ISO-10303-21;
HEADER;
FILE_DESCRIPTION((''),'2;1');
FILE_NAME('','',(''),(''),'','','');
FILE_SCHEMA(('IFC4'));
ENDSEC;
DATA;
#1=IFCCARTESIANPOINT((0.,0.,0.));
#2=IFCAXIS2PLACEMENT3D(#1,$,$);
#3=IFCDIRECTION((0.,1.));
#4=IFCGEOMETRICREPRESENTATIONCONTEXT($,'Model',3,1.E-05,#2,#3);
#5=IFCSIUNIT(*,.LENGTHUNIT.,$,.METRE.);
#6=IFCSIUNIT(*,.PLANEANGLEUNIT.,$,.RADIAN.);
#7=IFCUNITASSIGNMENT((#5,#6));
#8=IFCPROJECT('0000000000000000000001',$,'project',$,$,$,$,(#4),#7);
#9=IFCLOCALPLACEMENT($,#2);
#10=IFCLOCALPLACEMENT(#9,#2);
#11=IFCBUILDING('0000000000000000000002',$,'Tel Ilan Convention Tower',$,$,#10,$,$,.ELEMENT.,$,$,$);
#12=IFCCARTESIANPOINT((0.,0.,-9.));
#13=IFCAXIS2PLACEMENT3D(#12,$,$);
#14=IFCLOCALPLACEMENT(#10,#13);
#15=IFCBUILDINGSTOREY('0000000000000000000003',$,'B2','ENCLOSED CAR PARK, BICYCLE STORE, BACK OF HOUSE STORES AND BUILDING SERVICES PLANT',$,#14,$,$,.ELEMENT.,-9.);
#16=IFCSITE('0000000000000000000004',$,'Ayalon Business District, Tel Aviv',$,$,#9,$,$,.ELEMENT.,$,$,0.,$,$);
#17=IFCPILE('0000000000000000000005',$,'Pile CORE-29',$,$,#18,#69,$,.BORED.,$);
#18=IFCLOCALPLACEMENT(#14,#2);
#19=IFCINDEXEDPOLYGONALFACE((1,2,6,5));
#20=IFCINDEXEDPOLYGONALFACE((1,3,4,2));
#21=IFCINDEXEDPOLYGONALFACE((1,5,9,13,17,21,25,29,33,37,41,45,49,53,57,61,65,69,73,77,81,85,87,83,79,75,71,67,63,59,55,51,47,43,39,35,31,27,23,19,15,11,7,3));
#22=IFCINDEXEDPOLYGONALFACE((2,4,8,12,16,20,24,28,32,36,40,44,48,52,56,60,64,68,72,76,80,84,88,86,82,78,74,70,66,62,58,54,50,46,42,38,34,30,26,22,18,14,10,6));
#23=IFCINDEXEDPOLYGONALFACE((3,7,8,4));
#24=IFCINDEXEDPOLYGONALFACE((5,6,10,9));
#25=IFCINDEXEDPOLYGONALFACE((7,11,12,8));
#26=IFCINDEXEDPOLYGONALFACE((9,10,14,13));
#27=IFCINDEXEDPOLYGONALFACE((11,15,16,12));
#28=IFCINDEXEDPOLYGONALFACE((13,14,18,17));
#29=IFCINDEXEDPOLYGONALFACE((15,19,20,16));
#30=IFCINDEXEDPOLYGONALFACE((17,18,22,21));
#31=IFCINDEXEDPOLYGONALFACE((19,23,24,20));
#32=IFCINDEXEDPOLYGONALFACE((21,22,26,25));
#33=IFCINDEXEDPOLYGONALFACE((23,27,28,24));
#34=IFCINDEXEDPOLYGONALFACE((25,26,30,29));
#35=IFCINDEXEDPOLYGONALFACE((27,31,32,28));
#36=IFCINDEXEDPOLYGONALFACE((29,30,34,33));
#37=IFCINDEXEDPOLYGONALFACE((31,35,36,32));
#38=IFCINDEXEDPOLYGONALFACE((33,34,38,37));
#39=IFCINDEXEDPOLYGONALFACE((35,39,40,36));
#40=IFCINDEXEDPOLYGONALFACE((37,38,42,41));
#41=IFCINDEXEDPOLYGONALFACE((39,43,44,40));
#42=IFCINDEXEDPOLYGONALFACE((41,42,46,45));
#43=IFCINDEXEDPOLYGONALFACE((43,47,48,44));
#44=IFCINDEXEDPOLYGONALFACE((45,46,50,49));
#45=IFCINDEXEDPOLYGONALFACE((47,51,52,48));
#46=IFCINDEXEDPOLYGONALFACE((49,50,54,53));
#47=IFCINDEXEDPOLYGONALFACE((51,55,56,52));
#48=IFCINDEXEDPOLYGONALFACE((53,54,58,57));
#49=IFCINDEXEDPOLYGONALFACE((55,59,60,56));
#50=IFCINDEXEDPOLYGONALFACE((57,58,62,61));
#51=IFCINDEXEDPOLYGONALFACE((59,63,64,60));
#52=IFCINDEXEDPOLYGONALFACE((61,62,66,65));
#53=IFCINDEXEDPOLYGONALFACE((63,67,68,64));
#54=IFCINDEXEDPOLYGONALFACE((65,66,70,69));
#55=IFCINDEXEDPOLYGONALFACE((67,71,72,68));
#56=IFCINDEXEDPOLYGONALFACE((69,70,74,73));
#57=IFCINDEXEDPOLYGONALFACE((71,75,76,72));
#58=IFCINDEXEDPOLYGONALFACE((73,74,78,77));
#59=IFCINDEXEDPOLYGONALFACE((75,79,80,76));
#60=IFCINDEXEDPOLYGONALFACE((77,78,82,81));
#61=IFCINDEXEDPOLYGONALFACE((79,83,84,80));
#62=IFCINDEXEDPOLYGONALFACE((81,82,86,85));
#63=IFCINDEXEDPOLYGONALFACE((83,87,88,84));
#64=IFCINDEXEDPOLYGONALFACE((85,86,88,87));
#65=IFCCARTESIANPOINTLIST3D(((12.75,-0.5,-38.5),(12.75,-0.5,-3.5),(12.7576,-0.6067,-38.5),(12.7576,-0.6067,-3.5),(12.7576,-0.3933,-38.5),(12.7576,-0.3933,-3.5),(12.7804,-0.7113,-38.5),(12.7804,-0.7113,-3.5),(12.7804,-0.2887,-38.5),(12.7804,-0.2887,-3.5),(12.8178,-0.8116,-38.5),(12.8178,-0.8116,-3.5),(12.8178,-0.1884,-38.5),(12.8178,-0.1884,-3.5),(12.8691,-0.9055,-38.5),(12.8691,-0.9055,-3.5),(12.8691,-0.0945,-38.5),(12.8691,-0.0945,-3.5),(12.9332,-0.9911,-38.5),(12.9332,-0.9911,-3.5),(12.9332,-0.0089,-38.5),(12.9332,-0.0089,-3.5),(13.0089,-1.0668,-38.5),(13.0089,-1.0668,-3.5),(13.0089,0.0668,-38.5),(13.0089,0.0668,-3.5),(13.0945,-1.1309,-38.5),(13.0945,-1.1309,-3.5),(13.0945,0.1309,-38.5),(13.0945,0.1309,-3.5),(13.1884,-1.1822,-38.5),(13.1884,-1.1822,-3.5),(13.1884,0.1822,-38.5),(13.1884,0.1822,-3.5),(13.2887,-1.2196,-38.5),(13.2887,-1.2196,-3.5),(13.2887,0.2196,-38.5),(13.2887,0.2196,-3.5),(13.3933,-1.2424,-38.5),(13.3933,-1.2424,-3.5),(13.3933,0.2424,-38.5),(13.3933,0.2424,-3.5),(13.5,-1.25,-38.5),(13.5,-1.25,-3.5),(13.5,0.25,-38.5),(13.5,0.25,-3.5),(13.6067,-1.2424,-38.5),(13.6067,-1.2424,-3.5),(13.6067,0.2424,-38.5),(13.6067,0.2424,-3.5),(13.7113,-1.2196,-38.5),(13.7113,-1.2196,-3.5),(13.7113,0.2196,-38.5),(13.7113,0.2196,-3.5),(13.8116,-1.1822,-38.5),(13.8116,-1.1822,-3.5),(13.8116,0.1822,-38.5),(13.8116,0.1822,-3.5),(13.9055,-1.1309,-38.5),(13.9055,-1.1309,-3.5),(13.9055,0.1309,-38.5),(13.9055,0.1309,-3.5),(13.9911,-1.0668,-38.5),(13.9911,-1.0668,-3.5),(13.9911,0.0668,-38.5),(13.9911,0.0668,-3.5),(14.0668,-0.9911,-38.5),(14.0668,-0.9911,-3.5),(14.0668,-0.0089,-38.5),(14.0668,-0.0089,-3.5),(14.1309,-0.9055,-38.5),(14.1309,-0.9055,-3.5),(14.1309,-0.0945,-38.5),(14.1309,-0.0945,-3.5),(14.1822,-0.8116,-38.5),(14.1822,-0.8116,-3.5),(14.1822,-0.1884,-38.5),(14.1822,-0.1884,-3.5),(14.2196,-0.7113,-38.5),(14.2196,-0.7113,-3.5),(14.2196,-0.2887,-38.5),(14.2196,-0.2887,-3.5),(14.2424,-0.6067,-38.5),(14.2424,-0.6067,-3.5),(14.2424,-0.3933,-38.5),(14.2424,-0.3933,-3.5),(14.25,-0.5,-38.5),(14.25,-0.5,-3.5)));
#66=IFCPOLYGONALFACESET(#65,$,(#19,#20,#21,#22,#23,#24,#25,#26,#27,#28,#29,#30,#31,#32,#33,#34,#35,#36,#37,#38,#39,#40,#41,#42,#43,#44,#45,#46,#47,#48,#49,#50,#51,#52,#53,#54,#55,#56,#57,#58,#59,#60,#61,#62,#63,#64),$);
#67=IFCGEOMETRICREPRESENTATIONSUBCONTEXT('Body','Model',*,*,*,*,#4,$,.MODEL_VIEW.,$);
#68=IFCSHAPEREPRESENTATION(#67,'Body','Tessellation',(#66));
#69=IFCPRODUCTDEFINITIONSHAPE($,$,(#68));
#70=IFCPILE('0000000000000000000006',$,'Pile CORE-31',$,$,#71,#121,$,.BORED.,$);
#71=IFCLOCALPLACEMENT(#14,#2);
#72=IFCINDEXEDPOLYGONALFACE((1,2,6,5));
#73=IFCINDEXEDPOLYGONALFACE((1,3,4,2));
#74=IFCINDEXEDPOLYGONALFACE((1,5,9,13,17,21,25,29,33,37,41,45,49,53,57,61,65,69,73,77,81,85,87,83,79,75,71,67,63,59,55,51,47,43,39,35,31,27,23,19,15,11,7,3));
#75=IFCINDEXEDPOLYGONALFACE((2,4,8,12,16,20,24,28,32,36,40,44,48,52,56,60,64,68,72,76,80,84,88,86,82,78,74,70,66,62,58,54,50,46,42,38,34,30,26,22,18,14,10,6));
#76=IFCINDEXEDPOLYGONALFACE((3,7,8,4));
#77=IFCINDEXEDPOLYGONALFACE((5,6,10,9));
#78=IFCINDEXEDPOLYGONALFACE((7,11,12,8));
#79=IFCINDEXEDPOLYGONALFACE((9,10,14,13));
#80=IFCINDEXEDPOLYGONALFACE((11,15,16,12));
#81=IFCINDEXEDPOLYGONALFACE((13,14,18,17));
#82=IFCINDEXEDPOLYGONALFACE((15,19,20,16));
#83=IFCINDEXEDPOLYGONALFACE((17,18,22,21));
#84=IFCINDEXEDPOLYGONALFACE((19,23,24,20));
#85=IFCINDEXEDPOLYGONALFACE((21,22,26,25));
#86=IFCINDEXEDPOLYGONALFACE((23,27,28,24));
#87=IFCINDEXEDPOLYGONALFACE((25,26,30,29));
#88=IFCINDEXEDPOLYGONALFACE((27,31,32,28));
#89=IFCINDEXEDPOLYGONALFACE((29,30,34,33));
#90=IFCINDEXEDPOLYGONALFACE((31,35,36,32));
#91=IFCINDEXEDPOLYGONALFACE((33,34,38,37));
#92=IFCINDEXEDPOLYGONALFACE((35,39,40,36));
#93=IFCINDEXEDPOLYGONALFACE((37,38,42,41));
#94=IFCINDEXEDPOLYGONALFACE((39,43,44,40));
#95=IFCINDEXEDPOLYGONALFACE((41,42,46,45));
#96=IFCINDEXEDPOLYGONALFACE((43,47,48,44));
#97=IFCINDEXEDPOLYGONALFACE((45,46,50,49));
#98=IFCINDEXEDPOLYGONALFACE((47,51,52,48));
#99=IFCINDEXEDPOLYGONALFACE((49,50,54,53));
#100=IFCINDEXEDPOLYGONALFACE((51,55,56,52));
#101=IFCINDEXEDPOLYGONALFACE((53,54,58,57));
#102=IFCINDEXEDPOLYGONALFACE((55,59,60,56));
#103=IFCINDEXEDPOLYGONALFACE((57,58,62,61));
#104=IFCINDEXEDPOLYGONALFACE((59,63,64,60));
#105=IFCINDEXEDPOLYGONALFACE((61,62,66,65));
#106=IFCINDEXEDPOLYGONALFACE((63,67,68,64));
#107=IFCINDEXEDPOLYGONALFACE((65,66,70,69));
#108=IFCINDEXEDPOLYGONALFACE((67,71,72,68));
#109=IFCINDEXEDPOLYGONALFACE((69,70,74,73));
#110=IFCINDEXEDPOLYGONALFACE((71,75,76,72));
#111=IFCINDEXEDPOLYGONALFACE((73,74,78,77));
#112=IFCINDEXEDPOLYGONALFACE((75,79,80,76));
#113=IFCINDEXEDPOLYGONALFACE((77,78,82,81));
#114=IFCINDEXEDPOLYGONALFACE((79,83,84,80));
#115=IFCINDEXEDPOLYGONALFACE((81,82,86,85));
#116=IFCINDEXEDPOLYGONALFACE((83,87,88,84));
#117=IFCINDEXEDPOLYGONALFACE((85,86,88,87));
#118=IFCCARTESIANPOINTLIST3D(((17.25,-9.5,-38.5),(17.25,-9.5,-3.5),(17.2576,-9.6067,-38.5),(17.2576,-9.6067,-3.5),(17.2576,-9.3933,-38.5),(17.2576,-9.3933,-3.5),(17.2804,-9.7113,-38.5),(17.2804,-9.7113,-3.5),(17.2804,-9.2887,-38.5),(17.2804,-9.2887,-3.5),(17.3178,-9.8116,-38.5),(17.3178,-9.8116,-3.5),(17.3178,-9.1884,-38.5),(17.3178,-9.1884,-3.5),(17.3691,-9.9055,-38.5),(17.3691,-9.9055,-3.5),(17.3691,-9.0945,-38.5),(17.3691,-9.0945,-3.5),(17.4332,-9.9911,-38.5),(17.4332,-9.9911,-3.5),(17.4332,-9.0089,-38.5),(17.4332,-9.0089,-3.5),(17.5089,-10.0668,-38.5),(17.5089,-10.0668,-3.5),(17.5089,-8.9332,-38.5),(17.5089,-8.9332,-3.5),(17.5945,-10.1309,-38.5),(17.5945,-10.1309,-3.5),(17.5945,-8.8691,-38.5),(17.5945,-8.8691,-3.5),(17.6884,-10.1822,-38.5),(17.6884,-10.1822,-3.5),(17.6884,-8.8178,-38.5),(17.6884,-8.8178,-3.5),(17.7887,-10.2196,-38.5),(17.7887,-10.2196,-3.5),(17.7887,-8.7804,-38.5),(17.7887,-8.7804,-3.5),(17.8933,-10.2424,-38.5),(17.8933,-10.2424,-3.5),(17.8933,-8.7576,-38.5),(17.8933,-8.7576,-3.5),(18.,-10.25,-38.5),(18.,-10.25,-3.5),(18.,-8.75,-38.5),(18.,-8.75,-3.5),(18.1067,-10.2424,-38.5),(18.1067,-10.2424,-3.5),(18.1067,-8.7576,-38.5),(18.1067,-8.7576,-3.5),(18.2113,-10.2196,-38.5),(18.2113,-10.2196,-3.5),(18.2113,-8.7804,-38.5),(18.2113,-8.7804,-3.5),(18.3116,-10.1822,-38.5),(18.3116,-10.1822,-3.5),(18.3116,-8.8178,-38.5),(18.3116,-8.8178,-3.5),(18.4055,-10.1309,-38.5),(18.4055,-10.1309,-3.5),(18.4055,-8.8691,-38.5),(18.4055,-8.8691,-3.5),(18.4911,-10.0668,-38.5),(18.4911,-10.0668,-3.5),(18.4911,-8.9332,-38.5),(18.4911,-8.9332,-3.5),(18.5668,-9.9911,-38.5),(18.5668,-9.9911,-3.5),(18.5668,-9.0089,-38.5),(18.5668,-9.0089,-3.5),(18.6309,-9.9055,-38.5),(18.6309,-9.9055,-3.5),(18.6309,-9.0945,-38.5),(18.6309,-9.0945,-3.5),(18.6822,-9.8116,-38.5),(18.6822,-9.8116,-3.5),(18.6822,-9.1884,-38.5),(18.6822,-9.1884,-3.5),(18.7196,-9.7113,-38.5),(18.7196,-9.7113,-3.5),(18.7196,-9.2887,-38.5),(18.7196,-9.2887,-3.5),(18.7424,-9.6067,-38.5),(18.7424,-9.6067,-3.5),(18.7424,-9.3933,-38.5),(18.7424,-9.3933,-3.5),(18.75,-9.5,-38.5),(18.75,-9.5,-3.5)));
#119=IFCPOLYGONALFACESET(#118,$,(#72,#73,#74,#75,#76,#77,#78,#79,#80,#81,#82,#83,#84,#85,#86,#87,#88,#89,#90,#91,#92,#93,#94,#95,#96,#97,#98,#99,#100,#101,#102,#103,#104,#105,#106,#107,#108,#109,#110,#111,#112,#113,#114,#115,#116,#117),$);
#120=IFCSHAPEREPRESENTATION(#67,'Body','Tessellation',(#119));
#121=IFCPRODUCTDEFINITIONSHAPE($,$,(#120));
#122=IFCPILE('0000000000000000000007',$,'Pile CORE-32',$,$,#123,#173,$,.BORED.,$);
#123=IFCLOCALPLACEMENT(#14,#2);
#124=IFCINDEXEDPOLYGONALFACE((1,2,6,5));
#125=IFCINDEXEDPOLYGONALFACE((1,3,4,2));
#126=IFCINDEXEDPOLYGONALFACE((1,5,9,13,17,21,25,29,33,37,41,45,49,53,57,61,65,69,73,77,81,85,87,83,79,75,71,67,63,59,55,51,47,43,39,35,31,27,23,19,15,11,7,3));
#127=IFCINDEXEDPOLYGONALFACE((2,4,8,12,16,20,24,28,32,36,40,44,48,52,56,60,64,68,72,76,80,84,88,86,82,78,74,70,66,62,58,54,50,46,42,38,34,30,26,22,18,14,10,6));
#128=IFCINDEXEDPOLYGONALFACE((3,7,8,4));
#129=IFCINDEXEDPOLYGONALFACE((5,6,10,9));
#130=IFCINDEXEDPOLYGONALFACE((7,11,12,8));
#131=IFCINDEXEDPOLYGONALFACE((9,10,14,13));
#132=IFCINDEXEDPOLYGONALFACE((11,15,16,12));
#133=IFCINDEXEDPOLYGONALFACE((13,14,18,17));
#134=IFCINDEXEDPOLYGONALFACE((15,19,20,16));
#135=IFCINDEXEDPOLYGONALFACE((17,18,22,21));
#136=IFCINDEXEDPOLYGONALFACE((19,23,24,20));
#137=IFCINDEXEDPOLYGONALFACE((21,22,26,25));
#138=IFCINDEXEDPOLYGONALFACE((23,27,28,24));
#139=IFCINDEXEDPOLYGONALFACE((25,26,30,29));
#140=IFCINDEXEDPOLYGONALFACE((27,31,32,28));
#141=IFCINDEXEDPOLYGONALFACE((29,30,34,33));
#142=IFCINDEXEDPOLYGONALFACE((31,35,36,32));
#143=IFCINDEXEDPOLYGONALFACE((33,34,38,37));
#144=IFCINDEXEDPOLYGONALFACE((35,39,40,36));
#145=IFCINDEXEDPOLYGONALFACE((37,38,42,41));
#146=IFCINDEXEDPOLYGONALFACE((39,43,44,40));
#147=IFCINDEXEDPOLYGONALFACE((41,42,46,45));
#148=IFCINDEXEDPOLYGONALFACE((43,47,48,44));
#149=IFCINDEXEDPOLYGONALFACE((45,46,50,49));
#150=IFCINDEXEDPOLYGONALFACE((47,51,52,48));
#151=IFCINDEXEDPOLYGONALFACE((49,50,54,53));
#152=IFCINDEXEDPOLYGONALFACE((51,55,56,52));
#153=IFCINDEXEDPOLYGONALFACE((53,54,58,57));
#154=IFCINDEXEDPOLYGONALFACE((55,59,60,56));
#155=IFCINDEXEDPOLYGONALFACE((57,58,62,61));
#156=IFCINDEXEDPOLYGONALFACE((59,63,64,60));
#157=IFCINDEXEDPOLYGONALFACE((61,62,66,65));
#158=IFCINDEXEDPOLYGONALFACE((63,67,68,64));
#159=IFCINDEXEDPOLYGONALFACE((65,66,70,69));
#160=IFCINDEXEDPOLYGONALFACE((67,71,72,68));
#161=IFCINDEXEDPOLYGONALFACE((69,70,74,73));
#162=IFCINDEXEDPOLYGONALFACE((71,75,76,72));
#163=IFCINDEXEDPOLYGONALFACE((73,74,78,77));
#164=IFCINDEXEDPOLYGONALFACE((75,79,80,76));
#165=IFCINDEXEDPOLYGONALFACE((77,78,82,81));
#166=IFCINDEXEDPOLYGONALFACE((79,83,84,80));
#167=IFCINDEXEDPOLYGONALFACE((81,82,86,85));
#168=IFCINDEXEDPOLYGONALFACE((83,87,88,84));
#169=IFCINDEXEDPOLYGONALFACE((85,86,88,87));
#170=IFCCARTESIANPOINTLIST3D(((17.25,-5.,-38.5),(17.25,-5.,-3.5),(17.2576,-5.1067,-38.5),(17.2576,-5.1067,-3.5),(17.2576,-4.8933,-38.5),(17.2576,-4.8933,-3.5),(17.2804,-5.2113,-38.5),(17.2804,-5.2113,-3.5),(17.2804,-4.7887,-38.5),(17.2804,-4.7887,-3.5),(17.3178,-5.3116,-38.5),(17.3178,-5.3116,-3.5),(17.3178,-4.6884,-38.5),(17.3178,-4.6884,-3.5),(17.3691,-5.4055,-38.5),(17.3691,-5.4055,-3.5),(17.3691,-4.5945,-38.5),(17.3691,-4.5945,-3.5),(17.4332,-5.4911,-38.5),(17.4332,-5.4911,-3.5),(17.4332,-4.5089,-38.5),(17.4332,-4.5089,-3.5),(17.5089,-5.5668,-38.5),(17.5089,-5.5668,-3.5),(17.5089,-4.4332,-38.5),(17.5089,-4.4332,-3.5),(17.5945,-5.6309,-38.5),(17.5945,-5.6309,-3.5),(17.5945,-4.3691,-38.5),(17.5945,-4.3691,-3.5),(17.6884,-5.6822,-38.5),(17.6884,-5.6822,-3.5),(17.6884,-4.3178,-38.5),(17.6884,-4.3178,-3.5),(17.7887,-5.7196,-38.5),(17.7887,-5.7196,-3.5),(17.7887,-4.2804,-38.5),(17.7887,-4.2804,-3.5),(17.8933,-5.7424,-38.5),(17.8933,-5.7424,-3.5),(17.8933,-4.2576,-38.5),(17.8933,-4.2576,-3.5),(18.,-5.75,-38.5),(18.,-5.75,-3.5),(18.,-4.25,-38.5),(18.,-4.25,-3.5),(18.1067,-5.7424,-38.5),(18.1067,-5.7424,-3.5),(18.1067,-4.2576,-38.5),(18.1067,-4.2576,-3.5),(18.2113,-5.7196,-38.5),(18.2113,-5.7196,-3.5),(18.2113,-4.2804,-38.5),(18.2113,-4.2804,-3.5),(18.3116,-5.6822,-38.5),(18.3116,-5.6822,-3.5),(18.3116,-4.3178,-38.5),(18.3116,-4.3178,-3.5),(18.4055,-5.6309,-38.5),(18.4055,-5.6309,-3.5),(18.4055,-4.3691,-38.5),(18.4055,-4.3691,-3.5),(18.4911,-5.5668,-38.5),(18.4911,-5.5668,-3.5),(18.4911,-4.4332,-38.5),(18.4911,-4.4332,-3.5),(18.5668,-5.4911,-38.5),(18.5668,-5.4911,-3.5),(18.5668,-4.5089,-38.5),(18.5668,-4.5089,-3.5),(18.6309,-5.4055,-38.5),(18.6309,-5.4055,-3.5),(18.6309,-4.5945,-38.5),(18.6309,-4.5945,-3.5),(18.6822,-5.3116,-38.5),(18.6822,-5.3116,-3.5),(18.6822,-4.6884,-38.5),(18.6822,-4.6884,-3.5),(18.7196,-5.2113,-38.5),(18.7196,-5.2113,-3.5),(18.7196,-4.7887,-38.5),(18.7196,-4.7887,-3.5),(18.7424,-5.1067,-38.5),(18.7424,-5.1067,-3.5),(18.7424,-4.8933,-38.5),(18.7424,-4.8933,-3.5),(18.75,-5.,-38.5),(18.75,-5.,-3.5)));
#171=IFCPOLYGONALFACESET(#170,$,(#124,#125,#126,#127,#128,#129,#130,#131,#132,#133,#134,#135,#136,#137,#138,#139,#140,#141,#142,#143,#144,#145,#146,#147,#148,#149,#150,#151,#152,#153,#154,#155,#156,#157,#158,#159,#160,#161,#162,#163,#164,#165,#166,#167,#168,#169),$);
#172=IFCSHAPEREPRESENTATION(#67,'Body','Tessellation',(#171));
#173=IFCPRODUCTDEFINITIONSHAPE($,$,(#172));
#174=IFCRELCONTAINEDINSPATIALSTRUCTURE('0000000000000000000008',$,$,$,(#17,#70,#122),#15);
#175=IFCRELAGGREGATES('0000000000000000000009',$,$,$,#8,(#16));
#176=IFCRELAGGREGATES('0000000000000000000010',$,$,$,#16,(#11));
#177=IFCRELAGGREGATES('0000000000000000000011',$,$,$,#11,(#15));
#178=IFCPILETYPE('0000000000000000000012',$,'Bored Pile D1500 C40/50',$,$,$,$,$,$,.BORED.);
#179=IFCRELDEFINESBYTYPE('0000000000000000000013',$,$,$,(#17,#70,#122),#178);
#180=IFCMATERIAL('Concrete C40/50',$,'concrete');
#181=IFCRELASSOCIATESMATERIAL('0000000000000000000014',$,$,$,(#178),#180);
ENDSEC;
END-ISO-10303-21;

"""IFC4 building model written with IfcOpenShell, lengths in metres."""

from ifc_helpers import new_model, si_unit, direction, frame, origin, origin_2d, place, context, subcontext, project, spatial, circle, extrude, material, material_profile, profile_set, type_object, element, save


model = new_model("IFC4")

# Units and contexts
model_context = context("Model", 3, precision=1e-05, world=origin(), true_north=direction((0.0, 1.0)))
body_context = subcontext(model_context, "Body", "Model", "MODEL_VIEW")
ifc_project = project(units=[si_unit("LENGTHUNIT", "METRE"), si_unit("PLANEANGLEUNIT", "RADIAN")], contexts=[model_context])

# Site, building, storey
site_placement = place(None, origin())
site = spatial("IfcSite", under=ifc_project, at=site_placement, Name="Ayalon Business District, Tel Aviv", CompositionType="ELEMENT", RefElevation=0.0)
building_placement = place(site_placement, origin())
building = spatial("IfcBuilding", under=site, at=building_placement, Name="Tel Ilan Convention Tower", CompositionType="ELEMENT")
storey_placement = place(building_placement, frame((0.0, 0.0, -9.0)))
storey = spatial("IfcBuildingStorey", under=building, at=storey_placement, Name="B2", Description="ENCLOSED CAR PARK, BICYCLE STORE, BACK OF HOUSE STORES AND BUILDING SERVICES PLANT", CompositionType="ELEMENT", Elevation=-9.0)

# Piles
ifc_material_1 = material(Name="Concrete C40/50", Category="concrete")
ifc_material_profile_1 = material_profile(ifc_material_1, circle(Radius=0.75, at=origin_2d()), Name="BORED D1500")
ifc_profile_set_1 = profile_set([ifc_material_profile_1], Name="Concrete C40/50")
pile_type_1 = type_object("IfcPileType", Name="Bored Pile D1500 C40/50", PredefinedType="BORED", material=ifc_profile_set_1)
for number, where, z_axis, x_axis, name in (
    (1, (13.5, -0.5, -3.5), (0.0, 0.0, -1.0), (1.0, 0.0, 0.0), "Pile CORE-29"),
    (2, (18.0, -9.5, -3.5), (0.0, 0.0, -1.0), (1.0, 0.0, 0.0), "Pile CORE-31"),
    (3, (18.0, -5.0, -3.5), (0.0, 0.0, -1.0), (1.0, 0.0, 0.0), "Pile CORE-32"),
):
    element("IfcPile", number, at=place(storey_placement, frame(where, z_axis=z_axis, x_axis=x_axis)), inside=storey, type_object=pile_type_1, Name=name, PredefinedType="BORED", context=body_context, shape_type="SweptSolid", body=[
        extrude(circle(Radius=0.75, at=origin_2d()), origin(), (0.0, 0.0, 1.0), 35.0),
    ])

save(model, "model.ifc")
